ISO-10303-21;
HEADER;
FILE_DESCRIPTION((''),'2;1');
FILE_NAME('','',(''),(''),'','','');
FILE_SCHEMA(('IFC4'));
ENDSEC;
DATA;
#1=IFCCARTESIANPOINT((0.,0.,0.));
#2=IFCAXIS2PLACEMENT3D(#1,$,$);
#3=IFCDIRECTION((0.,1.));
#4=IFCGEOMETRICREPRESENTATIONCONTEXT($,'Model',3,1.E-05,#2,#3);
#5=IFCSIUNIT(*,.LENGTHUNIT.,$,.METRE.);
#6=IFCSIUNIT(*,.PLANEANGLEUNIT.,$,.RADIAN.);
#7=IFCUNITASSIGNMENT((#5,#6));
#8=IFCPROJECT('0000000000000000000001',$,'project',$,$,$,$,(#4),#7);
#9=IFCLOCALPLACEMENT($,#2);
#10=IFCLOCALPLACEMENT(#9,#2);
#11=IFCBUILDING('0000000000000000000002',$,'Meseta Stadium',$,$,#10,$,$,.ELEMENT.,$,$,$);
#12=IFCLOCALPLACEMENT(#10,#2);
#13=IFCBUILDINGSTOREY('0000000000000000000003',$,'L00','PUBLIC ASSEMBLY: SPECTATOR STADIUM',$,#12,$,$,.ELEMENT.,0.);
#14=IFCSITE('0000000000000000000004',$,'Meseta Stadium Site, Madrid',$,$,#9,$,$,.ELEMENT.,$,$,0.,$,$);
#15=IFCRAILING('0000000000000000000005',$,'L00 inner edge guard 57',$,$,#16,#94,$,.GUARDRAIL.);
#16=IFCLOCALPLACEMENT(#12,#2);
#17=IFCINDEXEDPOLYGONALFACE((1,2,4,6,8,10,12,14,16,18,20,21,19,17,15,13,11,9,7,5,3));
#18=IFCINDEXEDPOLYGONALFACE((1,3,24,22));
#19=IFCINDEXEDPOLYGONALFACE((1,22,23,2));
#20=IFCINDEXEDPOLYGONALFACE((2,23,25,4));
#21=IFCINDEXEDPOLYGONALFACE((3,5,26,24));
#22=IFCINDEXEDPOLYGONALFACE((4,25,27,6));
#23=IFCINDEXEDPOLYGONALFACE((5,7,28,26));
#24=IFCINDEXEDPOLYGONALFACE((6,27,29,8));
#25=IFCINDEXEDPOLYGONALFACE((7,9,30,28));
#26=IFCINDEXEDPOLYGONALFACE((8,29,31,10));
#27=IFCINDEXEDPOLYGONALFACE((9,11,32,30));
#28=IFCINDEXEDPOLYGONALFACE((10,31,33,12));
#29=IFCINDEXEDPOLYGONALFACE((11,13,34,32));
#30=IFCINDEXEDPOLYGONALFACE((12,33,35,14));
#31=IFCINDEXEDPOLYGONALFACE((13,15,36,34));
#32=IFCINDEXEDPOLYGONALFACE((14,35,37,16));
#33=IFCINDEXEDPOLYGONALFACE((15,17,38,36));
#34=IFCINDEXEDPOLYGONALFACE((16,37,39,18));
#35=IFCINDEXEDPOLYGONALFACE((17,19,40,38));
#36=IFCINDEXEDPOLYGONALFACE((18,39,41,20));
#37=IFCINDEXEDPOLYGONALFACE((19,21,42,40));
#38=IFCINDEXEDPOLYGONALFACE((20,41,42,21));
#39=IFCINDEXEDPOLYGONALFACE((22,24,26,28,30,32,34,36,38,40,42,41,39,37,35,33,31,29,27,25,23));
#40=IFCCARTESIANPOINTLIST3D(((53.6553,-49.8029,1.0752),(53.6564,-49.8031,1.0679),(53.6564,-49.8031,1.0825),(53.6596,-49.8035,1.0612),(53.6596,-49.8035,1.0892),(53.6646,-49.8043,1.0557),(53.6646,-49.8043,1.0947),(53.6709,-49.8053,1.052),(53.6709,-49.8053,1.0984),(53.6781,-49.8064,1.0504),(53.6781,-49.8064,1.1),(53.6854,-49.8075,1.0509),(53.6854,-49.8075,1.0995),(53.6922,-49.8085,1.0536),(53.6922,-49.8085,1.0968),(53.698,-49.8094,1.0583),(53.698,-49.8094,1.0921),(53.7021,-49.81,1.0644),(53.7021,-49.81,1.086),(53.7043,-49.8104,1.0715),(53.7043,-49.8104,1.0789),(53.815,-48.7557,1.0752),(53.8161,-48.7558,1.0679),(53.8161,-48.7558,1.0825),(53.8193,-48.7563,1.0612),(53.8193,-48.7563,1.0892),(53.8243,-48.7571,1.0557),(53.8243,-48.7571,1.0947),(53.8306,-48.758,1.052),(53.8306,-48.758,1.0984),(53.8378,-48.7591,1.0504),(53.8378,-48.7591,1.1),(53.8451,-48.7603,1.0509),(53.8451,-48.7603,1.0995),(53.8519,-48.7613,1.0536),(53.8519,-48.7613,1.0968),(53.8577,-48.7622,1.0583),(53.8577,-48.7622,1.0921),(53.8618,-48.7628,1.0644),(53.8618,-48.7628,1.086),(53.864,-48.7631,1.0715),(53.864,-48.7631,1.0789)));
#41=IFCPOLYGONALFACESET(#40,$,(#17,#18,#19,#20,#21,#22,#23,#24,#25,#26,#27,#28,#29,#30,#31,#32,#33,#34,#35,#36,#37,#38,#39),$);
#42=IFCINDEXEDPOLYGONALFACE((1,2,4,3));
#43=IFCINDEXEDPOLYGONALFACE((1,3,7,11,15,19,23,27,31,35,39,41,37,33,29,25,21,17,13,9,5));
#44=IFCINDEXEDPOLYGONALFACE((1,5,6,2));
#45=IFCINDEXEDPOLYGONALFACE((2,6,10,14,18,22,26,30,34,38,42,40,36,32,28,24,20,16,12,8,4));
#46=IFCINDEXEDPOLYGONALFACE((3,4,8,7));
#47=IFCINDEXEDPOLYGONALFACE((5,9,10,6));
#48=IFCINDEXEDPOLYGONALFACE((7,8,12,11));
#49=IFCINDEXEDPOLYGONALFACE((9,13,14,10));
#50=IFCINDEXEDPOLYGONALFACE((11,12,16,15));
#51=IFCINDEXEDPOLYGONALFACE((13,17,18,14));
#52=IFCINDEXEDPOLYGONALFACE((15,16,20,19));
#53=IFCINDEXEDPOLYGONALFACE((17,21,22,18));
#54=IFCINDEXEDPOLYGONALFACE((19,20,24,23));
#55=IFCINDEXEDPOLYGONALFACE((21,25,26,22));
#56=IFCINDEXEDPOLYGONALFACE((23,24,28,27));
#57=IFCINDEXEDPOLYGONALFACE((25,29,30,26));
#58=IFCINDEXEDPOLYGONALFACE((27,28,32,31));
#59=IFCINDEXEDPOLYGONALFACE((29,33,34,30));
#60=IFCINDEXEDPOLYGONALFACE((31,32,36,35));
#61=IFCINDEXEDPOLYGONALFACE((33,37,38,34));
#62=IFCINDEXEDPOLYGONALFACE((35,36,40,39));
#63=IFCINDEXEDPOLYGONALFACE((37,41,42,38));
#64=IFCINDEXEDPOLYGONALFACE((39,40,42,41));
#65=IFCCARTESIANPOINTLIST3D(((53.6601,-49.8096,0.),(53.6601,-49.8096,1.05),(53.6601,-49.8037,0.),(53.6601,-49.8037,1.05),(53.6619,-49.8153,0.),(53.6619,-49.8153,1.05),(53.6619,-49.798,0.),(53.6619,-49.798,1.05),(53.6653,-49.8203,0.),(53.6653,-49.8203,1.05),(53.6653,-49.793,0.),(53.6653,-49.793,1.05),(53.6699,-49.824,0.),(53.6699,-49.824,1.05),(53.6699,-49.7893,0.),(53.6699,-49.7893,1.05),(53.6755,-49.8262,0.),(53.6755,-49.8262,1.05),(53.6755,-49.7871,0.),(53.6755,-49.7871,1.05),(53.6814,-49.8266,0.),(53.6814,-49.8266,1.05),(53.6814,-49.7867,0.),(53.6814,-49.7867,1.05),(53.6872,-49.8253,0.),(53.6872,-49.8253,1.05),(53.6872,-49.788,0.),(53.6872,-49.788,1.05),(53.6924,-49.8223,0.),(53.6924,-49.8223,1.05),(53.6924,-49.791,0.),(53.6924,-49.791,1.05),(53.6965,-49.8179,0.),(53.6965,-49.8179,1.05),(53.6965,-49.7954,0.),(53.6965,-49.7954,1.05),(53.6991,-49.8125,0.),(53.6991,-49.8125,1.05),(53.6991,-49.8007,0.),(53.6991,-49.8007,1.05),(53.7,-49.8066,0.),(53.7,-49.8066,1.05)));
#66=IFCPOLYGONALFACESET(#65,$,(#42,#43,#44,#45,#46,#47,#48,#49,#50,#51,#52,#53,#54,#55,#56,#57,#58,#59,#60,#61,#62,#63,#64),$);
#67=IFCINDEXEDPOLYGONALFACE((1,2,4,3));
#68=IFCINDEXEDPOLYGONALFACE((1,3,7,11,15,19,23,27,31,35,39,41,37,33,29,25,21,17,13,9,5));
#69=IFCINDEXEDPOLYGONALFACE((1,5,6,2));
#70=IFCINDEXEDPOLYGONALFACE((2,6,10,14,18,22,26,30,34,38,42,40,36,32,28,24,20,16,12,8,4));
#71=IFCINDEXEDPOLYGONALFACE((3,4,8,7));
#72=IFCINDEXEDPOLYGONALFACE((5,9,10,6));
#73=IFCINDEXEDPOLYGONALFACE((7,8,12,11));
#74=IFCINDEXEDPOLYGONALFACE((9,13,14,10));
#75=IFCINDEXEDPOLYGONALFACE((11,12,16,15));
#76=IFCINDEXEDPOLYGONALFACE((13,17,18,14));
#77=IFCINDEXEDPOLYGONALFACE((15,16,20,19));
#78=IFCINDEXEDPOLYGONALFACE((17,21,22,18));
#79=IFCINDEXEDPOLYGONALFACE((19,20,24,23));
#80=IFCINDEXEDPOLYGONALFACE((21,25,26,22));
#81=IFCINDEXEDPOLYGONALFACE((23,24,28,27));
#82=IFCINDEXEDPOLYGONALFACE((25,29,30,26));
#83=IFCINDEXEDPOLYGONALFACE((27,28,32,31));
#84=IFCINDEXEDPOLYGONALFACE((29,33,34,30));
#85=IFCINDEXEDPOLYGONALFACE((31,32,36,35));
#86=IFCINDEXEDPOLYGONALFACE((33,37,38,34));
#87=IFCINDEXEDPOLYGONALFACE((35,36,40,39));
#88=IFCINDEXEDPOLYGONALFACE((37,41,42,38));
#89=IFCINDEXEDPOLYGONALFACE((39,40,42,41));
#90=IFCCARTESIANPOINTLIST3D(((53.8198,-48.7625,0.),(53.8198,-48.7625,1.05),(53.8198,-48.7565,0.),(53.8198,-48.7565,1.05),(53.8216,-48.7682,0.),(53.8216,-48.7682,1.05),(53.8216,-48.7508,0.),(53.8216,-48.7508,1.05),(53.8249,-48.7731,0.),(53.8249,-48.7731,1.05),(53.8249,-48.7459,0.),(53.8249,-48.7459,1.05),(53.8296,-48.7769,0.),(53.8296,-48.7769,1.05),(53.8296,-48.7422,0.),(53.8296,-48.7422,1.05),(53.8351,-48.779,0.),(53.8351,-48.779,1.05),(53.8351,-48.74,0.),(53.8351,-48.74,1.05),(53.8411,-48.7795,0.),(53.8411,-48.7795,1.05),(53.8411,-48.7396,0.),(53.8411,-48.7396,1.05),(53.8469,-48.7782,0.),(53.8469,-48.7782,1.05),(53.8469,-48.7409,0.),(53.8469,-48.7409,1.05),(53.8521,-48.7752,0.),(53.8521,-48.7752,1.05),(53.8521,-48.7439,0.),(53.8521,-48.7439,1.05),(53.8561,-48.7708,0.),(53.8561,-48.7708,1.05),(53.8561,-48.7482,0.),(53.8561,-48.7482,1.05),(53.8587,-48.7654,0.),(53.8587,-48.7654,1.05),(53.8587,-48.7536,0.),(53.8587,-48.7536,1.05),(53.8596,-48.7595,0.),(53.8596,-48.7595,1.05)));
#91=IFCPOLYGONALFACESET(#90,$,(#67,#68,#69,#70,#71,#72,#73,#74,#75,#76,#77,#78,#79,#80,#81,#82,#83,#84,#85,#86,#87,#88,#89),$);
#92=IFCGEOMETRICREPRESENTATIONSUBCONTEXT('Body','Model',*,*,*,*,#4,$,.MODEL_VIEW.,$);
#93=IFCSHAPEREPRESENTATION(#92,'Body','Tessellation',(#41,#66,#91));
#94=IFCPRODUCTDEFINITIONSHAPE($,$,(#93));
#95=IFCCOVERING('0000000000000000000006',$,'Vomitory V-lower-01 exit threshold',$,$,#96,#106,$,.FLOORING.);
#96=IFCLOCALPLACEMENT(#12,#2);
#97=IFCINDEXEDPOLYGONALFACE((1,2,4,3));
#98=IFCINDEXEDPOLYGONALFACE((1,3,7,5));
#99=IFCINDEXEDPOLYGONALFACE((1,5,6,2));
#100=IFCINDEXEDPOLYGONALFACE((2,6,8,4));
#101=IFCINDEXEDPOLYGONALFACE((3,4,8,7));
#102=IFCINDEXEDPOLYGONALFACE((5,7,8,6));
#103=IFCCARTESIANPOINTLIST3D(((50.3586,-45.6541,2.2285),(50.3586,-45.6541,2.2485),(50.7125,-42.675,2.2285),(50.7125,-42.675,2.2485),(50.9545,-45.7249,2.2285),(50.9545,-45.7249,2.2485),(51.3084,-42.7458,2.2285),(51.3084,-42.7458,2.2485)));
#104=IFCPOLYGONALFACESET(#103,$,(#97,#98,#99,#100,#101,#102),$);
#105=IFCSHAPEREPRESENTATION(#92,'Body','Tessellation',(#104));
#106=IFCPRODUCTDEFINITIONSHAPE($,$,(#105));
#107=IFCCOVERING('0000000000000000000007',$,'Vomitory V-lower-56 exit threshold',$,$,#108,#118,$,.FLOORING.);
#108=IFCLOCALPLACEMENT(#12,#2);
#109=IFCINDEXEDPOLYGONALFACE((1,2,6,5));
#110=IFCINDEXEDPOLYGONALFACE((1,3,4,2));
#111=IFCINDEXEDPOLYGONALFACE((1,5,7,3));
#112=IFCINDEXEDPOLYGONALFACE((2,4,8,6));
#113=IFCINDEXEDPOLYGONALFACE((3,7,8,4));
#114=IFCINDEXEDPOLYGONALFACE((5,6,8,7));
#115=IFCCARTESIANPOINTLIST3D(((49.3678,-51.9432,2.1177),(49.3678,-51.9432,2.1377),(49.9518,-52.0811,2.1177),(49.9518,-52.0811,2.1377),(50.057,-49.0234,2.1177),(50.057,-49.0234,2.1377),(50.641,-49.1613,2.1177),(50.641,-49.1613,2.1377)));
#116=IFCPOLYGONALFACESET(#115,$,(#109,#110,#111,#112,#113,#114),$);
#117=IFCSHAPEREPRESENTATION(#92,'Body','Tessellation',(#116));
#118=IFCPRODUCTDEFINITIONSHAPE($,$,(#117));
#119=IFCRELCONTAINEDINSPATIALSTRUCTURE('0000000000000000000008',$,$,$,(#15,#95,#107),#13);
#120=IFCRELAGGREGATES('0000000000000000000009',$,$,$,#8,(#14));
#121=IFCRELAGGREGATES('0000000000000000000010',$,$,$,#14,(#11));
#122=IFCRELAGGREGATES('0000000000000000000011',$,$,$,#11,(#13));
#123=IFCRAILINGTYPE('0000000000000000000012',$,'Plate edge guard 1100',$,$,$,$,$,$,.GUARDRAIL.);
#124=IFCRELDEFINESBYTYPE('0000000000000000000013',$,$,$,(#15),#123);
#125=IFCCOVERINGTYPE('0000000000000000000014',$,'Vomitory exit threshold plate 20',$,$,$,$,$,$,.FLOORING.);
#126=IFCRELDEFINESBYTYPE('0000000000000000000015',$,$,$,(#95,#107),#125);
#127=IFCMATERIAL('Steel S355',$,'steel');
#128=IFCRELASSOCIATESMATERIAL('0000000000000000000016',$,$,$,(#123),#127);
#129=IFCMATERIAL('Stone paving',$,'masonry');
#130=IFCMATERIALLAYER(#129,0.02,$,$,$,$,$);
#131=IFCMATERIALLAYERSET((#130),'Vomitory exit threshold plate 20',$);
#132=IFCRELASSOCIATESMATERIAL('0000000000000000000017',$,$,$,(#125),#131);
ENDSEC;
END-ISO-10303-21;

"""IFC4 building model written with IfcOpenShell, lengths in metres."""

from ifc_helpers import new_model, si_unit, direction, frame, origin, origin_2d, place, context, subcontext, project, spatial, rectangle, circle, extrude, material, layer, layer_set, type_object, element, save


model = new_model("IFC4")

# Units and contexts
model_context = context("Model", 3, precision=1e-05, world=origin(), true_north=direction((0.0, 1.0)))
body_context = subcontext(model_context, "Body", "Model", "MODEL_VIEW")
ifc_project = project(units=[si_unit("LENGTHUNIT", "METRE"), si_unit("PLANEANGLEUNIT", "RADIAN")], contexts=[model_context])

# Site, building, storey
site_placement = place(None, origin())
site = spatial("IfcSite", under=ifc_project, at=site_placement, Name="Meseta Stadium Site, Madrid", CompositionType="ELEMENT", RefElevation=0.0)
building_placement = place(site_placement, origin())
building = spatial("IfcBuilding", under=site, at=building_placement, Name="Meseta Stadium", CompositionType="ELEMENT")
storey_placement = place(building_placement, origin())
storey = spatial("IfcBuildingStorey", under=building, at=storey_placement, Name="L00", Description="PUBLIC ASSEMBLY: SPECTATOR STADIUM", CompositionType="ELEMENT", Elevation=0.0)

# Railing
ifc_material_1 = material(Name="Steel S355", Category="steel")
railing_type_1 = type_object("IfcRailingType", Name="Plate edge guard 1100", PredefinedType="GUARDRAIL", material=ifc_material_1)
railing_1_placement = place(storey_placement, frame((53.6799, -49.8066, 0.0)))
element("IfcRailing", 1, at=railing_1_placement, inside=storey, type_object=railing_type_1, Name="L00 inner edge guard 57", PredefinedType="GUARDRAIL", context=body_context, shape_type="SweptSolid", body=[
    extrude(circle(Radius=0.0249, at=origin_2d()), frame((0.0, 0.0, 1.0752), z_axis=(0.150741, 0.988573, 0.0), x_axis=(-0.988573, 0.150741, 0.0)), (0.0, 0.0, 1.0), 1.0593),
    extrude(circle(Radius=0.02, at=origin_2d()), origin(), (0.0, 0.0, 1.0), 1.05),
    extrude(circle(Radius=0.02, at=origin_2d()), frame((0.1597, 1.0471, 0.0)), (0.0, 0.0, 1.0), 1.05),
])

# Coverings
ifc_material_2 = material(Name="Stone paving", Category="masonry")
ifc_layer = layer(ifc_material_2, 0.02)
ifc_layer_set = layer_set([ifc_layer], Name="Vomitory exit threshold plate 20")
covering_type = type_object("IfcCoveringType", Name="Vomitory exit threshold plate 20", PredefinedType="FLOORING", material=ifc_layer_set)
for number, where, z_axis, x_axis, name in (
    (2, (50.8335, -44.2, 2.2285), (0.0, 0.0, 1.0), (-0.993015, 0.117988, 0.0), "Vomitory V-lower-01 exit threshold"),
    (3, (50.0044, -50.5522, 2.1177), (0.0, 0.0, 1.0), (-0.973256, 0.229722, 0.0), "Vomitory V-lower-56 exit threshold"),
):
    element("IfcCovering", number, at=place(storey_placement, frame(where, z_axis=z_axis, x_axis=x_axis)), inside=storey, type_object=covering_type, Name=name, PredefinedType="FLOORING", context=body_context, shape_type="SweptSolid", body=[
        extrude(rectangle(XDim=0.6001, YDim=3.0, at=origin_2d()), origin(), (0.0, 0.0, 1.0), 0.02),
    ])

save(model, "model.ifc")
